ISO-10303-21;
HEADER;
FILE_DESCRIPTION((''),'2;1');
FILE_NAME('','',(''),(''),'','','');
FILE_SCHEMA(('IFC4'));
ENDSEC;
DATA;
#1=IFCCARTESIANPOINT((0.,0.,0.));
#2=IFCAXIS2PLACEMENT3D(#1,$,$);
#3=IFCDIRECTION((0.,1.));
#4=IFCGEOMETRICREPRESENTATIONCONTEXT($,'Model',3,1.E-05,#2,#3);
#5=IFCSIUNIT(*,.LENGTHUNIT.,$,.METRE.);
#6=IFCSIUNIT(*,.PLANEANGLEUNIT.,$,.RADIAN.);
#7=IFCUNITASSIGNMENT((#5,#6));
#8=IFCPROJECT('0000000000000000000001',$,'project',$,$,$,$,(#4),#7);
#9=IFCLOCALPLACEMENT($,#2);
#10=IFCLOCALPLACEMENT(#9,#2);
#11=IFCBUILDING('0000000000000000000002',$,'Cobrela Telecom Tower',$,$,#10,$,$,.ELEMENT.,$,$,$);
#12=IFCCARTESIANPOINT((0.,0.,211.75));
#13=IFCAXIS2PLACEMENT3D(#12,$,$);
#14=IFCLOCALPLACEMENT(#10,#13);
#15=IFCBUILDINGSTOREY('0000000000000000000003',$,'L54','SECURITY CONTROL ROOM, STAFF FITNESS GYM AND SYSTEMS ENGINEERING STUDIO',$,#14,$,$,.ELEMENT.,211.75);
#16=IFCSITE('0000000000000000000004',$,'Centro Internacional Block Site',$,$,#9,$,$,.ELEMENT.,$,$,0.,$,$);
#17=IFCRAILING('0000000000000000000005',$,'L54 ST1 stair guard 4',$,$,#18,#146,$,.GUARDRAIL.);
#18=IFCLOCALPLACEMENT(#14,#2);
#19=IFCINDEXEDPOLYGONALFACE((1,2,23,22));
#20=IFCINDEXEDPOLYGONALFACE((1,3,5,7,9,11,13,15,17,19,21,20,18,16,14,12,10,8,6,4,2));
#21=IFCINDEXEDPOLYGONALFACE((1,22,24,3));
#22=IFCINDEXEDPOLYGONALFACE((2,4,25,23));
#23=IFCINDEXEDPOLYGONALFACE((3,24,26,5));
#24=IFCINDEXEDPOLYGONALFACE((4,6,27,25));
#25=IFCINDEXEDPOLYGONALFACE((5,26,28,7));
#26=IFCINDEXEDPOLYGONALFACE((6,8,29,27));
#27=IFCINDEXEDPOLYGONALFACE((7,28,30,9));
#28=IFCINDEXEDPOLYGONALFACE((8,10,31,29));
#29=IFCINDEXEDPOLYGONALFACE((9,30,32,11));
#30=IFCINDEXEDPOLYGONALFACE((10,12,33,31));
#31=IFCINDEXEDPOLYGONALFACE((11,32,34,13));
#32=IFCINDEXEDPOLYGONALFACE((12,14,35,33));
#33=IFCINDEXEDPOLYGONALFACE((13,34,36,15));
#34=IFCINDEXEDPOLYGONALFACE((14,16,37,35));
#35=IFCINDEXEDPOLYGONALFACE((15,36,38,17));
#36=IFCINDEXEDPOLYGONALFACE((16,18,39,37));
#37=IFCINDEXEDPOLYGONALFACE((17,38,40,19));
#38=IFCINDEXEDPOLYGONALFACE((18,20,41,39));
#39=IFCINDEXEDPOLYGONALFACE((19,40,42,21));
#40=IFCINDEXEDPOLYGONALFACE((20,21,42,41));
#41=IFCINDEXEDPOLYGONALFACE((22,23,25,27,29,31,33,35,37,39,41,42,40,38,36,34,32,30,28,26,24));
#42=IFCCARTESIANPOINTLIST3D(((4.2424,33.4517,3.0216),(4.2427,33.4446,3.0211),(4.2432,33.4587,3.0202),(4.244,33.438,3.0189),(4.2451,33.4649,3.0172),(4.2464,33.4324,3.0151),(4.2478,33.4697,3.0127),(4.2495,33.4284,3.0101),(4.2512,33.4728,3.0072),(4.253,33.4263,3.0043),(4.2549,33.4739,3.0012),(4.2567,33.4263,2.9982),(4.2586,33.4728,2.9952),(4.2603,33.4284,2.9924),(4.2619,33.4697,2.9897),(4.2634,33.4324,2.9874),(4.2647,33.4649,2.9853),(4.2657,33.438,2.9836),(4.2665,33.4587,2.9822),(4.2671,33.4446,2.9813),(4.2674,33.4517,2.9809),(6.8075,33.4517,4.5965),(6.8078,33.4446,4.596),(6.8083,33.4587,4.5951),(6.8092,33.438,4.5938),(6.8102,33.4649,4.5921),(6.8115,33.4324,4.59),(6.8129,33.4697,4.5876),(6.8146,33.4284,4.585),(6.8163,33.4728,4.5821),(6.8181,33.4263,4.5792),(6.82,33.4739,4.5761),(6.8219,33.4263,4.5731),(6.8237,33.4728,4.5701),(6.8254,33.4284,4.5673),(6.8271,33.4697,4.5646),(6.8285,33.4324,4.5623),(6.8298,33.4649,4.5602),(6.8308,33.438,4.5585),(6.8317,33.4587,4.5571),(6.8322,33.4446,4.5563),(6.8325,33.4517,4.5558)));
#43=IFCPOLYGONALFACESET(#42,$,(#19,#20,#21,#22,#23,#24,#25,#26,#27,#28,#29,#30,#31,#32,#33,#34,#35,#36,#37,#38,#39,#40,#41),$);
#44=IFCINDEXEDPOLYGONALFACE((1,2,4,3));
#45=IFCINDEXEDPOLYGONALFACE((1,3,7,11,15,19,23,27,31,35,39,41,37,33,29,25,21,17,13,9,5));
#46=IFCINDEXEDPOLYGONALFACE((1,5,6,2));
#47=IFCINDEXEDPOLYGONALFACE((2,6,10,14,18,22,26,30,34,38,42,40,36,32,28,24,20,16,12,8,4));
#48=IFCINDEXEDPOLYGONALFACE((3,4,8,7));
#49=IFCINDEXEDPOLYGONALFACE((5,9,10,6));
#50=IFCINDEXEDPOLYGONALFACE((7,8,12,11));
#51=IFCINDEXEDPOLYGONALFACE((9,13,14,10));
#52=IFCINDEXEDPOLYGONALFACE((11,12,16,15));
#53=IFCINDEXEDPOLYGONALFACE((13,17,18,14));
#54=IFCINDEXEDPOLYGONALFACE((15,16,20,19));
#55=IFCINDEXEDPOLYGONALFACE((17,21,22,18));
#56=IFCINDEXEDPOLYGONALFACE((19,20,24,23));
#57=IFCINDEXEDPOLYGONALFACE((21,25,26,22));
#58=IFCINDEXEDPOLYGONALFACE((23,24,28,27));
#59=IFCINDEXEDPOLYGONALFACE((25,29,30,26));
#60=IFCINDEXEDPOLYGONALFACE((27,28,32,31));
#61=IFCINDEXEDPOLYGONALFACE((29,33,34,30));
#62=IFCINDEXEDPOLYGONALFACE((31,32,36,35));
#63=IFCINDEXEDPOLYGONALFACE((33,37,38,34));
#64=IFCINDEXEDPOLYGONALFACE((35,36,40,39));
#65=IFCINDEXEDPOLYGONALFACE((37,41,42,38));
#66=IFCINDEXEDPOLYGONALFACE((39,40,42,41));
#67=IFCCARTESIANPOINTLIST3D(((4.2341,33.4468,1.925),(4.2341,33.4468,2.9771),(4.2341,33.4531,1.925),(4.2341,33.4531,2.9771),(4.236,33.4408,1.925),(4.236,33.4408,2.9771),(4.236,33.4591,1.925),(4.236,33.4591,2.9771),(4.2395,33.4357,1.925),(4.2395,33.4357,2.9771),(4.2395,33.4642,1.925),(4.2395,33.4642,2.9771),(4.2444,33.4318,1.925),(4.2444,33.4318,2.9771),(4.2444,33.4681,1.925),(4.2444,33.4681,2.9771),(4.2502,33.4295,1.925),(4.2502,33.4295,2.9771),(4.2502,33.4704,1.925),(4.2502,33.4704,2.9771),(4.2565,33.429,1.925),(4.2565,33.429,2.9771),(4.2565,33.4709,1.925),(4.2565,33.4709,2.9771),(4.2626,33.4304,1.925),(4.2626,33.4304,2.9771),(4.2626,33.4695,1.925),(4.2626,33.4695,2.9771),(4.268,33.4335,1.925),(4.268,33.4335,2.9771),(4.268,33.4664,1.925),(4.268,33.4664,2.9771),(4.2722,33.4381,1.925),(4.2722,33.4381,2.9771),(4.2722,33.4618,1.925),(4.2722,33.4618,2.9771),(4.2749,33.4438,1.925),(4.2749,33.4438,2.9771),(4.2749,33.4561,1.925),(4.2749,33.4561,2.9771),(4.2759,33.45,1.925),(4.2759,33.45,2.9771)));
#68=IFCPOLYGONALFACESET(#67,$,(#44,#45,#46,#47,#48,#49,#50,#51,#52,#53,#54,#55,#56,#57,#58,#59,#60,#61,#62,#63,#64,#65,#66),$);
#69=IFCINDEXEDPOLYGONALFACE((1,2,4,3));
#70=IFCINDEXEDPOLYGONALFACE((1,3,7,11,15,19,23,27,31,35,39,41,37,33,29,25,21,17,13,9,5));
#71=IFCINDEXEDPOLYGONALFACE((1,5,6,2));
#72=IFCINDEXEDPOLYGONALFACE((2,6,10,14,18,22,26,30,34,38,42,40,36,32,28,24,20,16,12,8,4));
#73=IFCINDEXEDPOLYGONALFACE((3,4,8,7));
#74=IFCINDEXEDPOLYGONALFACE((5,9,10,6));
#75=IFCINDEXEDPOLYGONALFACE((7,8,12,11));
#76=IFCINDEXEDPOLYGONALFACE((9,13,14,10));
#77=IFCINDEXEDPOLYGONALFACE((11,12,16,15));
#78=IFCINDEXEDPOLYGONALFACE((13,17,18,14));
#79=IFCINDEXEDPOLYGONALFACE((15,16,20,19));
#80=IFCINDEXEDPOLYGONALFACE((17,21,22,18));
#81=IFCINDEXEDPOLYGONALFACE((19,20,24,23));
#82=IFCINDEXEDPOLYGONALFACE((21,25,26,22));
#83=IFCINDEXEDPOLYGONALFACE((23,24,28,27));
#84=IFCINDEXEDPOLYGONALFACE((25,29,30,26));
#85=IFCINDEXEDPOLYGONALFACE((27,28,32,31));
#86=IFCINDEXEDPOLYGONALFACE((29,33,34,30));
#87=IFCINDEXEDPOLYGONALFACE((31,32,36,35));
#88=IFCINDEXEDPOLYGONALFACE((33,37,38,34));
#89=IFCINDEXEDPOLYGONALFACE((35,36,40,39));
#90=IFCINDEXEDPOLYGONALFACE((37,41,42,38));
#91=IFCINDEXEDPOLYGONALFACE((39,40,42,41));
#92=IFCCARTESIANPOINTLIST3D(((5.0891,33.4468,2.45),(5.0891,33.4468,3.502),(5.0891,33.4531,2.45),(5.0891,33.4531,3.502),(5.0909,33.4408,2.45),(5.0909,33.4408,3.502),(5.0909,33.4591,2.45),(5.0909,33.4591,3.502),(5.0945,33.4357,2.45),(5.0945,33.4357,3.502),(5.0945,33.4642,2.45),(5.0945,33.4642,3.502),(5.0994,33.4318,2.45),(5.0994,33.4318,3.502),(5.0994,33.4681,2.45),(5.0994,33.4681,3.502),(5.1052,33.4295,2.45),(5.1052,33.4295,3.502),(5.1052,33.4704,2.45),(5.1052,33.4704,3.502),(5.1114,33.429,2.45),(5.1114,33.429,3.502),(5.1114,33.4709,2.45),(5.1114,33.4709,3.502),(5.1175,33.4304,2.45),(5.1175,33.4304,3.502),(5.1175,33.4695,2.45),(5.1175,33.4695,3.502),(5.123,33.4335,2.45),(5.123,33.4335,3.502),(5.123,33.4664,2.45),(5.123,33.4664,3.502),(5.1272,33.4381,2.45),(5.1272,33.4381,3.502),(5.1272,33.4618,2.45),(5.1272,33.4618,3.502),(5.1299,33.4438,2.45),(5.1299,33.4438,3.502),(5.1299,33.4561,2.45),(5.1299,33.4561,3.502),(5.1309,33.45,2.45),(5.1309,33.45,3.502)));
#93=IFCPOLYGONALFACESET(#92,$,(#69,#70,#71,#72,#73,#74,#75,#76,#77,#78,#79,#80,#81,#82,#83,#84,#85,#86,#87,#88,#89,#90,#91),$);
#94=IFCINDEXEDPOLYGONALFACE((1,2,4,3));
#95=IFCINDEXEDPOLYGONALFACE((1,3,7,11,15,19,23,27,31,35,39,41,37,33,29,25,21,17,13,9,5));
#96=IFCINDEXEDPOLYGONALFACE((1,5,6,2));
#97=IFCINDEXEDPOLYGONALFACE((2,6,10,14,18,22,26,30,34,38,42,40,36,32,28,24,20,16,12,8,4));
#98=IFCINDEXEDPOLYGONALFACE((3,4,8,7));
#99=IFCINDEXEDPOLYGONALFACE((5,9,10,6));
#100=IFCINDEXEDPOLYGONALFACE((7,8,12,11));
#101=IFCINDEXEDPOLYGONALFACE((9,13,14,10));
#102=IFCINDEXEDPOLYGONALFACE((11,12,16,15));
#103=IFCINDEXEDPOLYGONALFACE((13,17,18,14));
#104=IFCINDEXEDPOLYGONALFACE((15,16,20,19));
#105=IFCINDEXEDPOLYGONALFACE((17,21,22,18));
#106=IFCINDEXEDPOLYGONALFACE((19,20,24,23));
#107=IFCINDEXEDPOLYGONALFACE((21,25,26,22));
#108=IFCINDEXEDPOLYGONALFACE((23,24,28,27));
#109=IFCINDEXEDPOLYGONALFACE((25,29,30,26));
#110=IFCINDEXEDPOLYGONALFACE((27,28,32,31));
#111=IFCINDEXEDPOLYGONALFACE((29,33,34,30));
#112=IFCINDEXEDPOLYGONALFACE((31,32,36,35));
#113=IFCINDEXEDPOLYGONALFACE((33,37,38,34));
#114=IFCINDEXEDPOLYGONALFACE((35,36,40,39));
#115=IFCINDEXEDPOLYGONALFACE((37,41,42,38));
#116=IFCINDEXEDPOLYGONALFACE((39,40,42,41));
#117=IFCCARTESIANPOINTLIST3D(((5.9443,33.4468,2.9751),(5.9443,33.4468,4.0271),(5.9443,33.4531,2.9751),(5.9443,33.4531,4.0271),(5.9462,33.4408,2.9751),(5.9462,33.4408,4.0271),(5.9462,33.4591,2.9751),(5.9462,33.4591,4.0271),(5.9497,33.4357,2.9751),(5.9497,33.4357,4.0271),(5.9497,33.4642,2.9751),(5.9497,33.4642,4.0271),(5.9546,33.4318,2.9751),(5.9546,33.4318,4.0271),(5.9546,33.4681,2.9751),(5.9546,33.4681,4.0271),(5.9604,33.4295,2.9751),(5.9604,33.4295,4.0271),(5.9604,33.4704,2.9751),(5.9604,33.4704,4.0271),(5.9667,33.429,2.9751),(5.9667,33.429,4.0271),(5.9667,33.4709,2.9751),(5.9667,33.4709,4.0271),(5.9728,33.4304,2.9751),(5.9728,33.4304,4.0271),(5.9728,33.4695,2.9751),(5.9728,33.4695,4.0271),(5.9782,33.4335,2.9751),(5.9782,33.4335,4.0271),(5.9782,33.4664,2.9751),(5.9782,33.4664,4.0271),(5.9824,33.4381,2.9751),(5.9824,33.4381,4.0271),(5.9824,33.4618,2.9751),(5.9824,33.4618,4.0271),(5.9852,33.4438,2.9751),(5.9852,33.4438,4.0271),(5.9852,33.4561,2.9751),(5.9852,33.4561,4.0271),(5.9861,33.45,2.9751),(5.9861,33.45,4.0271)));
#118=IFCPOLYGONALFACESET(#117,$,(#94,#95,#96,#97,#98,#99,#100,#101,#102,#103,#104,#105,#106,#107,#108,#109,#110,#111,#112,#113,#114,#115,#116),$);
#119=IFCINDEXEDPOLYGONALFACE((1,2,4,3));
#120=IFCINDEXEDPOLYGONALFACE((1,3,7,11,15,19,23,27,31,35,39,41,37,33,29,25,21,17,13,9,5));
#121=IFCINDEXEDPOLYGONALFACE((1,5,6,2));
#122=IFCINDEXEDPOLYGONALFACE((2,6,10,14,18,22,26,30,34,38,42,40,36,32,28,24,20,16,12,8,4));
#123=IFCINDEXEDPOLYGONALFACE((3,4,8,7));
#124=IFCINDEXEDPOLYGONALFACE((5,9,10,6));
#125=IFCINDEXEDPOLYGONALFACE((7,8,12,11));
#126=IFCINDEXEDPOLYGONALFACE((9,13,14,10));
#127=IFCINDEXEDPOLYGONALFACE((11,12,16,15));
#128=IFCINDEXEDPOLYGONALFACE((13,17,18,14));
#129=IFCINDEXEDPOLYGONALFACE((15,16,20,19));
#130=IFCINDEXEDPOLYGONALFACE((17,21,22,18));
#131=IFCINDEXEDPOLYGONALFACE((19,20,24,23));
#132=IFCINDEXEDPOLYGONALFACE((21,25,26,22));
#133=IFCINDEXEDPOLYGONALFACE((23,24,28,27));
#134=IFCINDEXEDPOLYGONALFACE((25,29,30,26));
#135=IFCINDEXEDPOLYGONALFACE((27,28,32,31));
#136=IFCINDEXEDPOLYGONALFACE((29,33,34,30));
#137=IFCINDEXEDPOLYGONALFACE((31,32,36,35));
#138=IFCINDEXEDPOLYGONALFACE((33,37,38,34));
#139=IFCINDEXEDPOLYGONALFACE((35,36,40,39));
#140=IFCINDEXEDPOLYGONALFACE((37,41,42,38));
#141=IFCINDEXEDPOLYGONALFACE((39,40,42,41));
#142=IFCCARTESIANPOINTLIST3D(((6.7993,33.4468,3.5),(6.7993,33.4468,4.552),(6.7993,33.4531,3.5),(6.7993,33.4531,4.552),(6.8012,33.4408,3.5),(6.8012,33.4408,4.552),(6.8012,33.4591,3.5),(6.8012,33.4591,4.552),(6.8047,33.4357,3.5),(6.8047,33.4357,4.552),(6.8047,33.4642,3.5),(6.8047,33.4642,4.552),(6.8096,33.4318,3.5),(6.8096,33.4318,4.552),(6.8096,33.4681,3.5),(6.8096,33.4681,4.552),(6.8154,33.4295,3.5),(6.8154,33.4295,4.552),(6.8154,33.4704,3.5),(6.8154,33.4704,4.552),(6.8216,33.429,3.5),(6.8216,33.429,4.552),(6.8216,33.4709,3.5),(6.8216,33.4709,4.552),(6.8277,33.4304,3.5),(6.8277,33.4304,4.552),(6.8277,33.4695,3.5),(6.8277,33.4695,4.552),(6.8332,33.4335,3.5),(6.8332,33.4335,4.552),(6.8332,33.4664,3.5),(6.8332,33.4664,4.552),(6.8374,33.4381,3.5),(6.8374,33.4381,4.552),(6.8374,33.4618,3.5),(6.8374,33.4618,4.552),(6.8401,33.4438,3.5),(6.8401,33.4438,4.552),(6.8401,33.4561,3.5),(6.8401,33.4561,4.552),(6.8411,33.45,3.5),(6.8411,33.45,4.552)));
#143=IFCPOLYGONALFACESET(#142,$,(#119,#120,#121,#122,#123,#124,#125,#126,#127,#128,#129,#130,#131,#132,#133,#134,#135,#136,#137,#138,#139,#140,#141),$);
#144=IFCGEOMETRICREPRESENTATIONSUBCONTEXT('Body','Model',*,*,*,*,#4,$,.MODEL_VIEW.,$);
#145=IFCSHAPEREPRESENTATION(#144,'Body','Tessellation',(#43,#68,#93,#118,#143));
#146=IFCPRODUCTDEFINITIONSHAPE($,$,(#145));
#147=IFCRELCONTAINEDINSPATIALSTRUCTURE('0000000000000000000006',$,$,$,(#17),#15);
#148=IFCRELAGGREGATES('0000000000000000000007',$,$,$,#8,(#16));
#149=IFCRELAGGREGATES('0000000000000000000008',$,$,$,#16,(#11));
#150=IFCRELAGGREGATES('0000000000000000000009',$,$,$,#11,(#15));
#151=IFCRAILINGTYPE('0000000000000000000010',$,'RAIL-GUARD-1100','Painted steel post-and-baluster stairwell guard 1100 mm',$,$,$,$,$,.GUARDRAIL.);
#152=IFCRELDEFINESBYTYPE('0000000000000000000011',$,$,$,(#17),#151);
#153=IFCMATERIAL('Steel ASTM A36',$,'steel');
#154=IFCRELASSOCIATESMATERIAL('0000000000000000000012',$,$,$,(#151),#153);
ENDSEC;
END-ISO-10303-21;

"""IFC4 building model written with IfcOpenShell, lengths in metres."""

from ifc_helpers import new_model, si_unit, direction, frame, origin, origin_2d, place, context, subcontext, project, spatial, circle, extrude, material, type_object, element, save


model = new_model("IFC4")

# Units and contexts
model_context = context("Model", 3, precision=1e-05, world=origin(), true_north=direction((0.0, 1.0)))
body_context = subcontext(model_context, "Body", "Model", "MODEL_VIEW")
ifc_project = project(units=[si_unit("LENGTHUNIT", "METRE"), si_unit("PLANEANGLEUNIT", "RADIAN")], contexts=[model_context])

# Site, building, storey
site_placement = place(None, origin())
site = spatial("IfcSite", under=ifc_project, at=site_placement, Name="Centro Internacional Block Site", CompositionType="ELEMENT", RefElevation=0.0)
building_placement = place(site_placement, origin())
building = spatial("IfcBuilding", under=site, at=building_placement, Name="Cobrela Telecom Tower", CompositionType="ELEMENT")
storey_placement = place(building_placement, frame((0.0, 0.0, 211.75)))
storey = spatial("IfcBuildingStorey", under=building, at=storey_placement, Name="L54", Description="SECURITY CONTROL ROOM, STAFF FITNESS GYM AND SYSTEMS ENGINEERING STUDIO", CompositionType="ELEMENT", Elevation=211.75)

# Shared definitions
ifc_material_1 = material(Name="Steel ASTM A36", Category="steel")

# Railing
railing_type_1 = type_object("IfcRailingType", Name="RAIL-GUARD-1100", Description="Painted steel post-and-baluster stairwell guard 1100 mm", PredefinedType="GUARDRAIL", material=ifc_material_1)
railing_1_placement = place(storey_placement, frame((4.2549, 33.45, 1.925)))
element("IfcRailing", 1, at=railing_1_placement, inside=storey, type_object=railing_type_1, Name="L54 ST1 stair guard 4", PredefinedType="GUARDRAIL", context=body_context, shape_type="SweptSolid", body=[
    extrude(circle(Radius=0.0239, at=origin_2d()), frame((0.0, 0.0, 1.0762), z_axis=(0.852195, 0.0, 0.523224), x_axis=(0.0, 1.0, 0.0)), (0.0, 0.0, 1.0), 3.01),
    extrude(circle(Radius=0.021, at=origin_2d()), origin(), (0.0, 0.0, 1.0), 1.052),
    extrude(circle(Radius=0.021, at=origin_2d()), frame((0.855, 0.0, 0.5249)), (0.0, 0.0, 1.0), 1.052),
    extrude(circle(Radius=0.021, at=origin_2d()), frame((1.7102, 0.0, 1.05)), (0.0, 0.0, 1.0), 1.052),
    extrude(circle(Radius=0.021, at=origin_2d()), frame((2.5652, 0.0, 1.575)), (0.0, 0.0, 1.0), 1.052),
])

save(model, "model.ifc")
